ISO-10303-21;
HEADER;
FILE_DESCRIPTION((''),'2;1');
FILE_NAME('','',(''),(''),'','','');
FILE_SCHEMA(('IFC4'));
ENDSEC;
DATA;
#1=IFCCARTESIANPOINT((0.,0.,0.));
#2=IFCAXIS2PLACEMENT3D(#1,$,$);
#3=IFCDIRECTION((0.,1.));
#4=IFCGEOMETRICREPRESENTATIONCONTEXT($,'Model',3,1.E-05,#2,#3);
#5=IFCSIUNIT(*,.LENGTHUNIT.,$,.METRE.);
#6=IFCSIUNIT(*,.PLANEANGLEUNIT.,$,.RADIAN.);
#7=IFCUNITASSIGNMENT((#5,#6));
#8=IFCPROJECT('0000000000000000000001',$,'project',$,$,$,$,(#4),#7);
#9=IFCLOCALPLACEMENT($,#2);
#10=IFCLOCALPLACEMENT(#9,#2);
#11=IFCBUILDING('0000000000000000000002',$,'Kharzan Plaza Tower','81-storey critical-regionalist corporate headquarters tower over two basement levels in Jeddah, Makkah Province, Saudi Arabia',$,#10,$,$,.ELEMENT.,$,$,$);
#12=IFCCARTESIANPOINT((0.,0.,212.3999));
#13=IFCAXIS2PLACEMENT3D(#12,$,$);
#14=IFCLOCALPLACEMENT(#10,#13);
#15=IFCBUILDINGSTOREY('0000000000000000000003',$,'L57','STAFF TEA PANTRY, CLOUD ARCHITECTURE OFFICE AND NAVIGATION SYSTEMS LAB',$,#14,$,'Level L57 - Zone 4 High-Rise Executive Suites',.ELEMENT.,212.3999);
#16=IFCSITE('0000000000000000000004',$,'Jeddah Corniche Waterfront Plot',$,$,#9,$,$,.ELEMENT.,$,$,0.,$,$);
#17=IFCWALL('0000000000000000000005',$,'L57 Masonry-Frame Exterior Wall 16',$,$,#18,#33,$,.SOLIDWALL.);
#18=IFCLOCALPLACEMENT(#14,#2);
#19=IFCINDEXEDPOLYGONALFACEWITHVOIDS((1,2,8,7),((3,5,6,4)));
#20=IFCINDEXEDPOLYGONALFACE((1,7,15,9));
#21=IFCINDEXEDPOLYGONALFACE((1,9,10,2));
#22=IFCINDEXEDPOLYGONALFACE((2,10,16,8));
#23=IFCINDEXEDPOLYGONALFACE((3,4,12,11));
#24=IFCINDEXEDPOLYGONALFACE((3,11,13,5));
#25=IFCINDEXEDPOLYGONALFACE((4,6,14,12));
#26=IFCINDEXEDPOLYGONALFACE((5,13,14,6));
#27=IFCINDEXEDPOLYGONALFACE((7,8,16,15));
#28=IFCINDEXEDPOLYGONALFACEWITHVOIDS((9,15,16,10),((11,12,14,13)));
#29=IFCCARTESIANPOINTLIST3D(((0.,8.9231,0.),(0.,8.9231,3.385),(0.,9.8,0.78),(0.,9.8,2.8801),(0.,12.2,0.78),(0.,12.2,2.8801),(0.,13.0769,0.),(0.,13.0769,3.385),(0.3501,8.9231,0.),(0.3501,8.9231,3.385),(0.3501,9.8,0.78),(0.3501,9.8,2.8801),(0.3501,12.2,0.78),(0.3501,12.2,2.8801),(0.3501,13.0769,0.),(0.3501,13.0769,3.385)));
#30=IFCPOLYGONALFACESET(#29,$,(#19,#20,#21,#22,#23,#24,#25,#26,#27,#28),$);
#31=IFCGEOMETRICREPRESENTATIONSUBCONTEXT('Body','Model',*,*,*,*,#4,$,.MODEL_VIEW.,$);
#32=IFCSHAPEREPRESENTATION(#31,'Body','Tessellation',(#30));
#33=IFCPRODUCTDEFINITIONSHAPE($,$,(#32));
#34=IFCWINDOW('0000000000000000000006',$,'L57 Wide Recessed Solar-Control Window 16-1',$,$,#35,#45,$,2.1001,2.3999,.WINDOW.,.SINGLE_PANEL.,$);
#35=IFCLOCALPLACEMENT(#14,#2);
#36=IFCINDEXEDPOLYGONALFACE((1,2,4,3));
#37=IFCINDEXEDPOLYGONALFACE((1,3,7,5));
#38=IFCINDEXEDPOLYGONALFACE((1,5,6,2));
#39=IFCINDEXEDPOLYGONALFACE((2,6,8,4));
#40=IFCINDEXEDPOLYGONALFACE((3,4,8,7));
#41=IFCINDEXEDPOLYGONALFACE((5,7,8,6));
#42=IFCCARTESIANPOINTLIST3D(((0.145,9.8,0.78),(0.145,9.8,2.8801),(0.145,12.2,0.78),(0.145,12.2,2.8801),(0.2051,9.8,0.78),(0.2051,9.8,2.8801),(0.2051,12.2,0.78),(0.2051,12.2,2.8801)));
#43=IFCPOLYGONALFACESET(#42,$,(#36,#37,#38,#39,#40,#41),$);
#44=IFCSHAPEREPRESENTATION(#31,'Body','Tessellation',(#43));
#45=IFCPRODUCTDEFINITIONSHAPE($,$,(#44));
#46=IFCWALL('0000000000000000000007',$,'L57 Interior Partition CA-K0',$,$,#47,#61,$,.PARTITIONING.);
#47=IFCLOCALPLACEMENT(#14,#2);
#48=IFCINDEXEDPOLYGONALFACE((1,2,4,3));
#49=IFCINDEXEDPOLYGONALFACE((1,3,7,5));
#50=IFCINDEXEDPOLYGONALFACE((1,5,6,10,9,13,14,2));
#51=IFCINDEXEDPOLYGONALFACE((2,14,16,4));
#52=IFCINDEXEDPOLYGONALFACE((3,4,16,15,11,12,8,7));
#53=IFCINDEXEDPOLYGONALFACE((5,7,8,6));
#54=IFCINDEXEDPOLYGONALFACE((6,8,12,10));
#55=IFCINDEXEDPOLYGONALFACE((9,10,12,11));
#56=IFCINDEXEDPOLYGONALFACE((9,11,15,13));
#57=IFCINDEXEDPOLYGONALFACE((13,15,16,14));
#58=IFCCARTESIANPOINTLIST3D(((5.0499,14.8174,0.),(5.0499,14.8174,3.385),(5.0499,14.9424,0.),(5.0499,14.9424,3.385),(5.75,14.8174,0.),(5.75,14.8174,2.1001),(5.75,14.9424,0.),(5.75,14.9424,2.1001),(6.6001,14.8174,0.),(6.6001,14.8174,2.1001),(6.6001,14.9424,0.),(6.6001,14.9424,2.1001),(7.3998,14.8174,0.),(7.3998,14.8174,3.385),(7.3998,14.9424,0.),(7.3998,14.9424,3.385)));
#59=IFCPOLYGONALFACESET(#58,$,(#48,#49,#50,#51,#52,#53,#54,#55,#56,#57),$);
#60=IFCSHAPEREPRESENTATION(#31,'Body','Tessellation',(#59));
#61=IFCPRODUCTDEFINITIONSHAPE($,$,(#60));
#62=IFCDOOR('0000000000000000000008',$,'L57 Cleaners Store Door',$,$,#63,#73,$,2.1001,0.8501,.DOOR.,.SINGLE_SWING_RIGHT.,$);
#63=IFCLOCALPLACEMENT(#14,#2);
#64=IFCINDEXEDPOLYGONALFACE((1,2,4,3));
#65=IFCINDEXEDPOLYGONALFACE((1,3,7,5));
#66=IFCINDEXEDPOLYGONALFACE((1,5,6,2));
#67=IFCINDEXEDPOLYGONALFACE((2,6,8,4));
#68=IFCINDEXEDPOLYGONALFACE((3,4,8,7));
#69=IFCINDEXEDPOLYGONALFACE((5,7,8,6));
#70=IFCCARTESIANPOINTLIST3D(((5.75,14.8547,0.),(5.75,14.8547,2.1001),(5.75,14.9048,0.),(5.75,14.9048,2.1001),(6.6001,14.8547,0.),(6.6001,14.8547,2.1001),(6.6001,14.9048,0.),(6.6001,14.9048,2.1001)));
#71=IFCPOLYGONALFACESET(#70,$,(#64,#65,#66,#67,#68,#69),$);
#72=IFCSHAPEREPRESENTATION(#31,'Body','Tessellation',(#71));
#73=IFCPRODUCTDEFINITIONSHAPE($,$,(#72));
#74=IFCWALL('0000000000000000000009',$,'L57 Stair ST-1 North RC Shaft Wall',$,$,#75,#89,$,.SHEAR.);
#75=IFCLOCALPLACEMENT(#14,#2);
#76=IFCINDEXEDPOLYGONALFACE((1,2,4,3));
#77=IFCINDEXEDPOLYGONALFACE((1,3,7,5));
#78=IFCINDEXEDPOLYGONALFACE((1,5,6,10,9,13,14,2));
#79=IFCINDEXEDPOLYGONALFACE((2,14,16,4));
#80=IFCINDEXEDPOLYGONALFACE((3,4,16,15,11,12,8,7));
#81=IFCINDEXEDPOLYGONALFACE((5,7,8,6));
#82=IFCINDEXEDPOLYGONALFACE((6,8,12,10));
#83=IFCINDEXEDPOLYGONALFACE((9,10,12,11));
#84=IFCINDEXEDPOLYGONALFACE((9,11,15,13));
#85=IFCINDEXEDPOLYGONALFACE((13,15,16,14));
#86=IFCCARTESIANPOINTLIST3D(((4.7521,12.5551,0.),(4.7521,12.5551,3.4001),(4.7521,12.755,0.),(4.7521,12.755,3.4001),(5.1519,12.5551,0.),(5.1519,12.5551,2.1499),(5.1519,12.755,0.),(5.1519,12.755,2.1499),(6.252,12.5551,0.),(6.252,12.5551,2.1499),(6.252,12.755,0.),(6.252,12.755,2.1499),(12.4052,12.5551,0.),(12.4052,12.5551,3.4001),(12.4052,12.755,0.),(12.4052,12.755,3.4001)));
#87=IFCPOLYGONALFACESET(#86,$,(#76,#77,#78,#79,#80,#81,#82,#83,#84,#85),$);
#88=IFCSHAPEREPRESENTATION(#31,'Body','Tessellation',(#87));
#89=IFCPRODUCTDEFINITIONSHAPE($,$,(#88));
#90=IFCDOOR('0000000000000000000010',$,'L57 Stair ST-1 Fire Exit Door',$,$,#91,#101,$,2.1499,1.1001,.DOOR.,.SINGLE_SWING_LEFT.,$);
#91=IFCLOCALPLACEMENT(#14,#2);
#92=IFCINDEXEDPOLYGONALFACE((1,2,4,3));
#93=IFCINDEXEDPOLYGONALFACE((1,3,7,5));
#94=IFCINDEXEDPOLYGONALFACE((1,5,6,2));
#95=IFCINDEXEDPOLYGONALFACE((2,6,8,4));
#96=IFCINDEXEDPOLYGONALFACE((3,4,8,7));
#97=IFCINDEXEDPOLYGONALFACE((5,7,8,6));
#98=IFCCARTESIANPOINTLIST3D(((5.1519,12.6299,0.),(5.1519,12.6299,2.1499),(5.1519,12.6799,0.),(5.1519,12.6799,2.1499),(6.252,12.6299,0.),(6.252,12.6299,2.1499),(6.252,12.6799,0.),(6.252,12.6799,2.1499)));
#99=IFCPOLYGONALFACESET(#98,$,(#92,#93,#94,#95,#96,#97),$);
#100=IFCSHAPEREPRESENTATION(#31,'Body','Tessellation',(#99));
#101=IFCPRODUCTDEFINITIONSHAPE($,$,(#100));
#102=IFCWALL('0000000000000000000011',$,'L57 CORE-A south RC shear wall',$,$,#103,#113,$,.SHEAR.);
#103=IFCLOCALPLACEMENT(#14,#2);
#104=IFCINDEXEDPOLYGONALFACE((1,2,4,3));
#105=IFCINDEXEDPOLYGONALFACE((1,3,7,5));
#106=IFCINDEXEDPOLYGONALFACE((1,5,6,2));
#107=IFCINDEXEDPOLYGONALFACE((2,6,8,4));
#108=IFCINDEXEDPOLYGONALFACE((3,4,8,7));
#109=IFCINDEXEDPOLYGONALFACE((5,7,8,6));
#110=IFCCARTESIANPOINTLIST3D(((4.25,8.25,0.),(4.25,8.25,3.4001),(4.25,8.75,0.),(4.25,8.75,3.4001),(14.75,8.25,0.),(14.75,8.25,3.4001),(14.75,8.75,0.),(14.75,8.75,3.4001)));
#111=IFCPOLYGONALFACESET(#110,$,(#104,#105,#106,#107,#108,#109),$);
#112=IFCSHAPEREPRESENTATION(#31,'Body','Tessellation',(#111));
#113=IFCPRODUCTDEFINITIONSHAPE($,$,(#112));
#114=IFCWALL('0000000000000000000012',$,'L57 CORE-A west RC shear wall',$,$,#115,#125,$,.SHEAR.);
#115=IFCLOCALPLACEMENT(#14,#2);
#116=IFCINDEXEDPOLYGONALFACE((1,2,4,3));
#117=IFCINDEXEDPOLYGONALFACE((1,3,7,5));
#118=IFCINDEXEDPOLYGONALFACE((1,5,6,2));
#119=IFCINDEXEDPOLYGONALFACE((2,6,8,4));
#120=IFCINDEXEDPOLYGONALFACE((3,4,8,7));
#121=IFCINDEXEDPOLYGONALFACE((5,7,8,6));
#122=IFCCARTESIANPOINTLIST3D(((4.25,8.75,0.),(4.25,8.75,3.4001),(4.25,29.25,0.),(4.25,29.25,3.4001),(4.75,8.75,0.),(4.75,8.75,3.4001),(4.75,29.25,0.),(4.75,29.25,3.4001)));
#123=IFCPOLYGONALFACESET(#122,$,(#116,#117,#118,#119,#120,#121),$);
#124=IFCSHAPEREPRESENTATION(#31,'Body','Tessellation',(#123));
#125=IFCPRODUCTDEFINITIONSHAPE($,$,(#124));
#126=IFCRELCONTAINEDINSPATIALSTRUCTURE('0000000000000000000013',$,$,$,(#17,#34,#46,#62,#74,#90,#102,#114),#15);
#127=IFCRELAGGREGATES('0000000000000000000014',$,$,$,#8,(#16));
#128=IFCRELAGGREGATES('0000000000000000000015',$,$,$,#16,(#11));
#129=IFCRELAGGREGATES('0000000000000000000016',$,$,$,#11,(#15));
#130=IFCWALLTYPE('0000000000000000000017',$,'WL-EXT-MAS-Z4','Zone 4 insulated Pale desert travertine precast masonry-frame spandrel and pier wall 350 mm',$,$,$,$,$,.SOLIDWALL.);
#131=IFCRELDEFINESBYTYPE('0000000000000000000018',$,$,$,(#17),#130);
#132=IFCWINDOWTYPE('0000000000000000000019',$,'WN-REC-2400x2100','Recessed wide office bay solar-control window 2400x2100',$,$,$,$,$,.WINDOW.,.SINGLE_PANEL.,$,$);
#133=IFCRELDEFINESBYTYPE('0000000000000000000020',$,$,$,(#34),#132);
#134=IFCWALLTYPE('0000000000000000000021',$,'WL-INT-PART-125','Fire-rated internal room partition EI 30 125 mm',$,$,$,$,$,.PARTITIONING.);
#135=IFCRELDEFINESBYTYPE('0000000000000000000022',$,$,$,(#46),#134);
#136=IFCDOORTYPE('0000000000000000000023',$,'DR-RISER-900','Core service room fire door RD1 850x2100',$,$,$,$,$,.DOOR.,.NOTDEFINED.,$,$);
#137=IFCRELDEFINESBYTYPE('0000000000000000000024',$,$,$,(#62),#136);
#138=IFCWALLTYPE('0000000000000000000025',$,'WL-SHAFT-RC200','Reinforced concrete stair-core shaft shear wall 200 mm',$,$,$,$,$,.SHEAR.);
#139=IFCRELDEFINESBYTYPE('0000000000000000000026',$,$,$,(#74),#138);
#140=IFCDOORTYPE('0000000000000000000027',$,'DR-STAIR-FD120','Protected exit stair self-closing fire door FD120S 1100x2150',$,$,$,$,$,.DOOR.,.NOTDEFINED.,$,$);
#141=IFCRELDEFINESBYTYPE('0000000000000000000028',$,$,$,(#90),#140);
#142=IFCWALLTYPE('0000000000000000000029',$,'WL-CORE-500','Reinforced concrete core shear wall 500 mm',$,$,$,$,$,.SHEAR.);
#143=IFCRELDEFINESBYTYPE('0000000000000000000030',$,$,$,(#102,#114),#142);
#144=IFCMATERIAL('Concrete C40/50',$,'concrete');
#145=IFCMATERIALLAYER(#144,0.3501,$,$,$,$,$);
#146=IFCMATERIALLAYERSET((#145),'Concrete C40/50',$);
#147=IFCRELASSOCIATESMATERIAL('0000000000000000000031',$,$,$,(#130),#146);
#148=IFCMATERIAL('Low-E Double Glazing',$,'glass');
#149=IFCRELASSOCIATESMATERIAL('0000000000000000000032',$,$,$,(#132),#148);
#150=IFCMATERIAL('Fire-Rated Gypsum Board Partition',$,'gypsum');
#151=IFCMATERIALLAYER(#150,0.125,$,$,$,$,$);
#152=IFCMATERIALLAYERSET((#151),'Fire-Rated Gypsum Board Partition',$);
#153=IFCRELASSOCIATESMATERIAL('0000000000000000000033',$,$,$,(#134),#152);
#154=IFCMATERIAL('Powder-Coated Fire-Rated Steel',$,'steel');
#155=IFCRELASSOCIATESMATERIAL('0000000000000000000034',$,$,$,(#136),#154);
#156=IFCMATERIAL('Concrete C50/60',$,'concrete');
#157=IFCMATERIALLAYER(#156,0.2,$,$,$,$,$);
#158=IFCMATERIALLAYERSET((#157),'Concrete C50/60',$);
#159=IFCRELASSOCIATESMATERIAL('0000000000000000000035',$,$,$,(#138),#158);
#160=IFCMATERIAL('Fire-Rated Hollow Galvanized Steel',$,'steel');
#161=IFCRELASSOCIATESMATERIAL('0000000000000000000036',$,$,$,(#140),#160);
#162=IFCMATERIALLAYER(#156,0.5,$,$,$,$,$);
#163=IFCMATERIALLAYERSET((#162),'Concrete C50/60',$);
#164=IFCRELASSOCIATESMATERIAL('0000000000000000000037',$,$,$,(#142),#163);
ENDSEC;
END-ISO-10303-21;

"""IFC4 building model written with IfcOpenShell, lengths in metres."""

from ifc_helpers import new_model, si_unit, direction, frame, frame_2d, origin, place, context, subcontext, project, spatial, rectangle, extrude, source, transform, mapped, material, layer, layer_set, type_object, element, fill, save


model = new_model("IFC4")

# Units and contexts
model_context = context("Model", 3, precision=1e-05, world=origin(), true_north=direction((0.0, 1.0)))
body_context = subcontext(model_context, "Body", "Model", "MODEL_VIEW")
ifc_project = project(units=[si_unit("LENGTHUNIT", "METRE"), si_unit("PLANEANGLEUNIT", "RADIAN")], contexts=[model_context])

# Site, building, storey
site_placement = place(None, origin())
site = spatial("IfcSite", under=ifc_project, at=site_placement, Name="Jeddah Corniche Waterfront Plot", CompositionType="ELEMENT", RefElevation=0.0)
building_placement = place(site_placement, origin())
building = spatial("IfcBuilding", under=site, at=building_placement, Name="Kharzan Plaza Tower", Description="81-storey critical-regionalist corporate headquarters tower over two basement levels in Jeddah, Makkah Province, Saudi Arabia", CompositionType="ELEMENT")
storey_placement = place(building_placement, frame((0.0, 0.0, 212.3999)))
storey = spatial("IfcBuildingStorey", under=building, at=storey_placement, Name="L57", Description="STAFF TEA PANTRY, CLOUD ARCHITECTURE OFFICE AND NAVIGATION SYSTEMS LAB", LongName="Level L57 - Zone 4 High-Rise Executive Suites", CompositionType="ELEMENT", Elevation=212.3999)

# Shared definitions
ifc_material_1 = material(Name="Concrete C50/60", Category="concrete")

# Wall, opening, window
ifc_material_2 = material(Name="Concrete C40/50", Category="concrete")
ifc_layer_1 = layer(ifc_material_2, 0.3501)
ifc_layer_set_1 = layer_set([ifc_layer_1], Name="Concrete C40/50")
wall_type_1 = type_object("IfcWallType", Name="WL-EXT-MAS-Z4", Description="Zone 4 insulated Pale desert travertine precast masonry-frame spandrel and pier wall 350 mm", PredefinedType="SOLIDWALL", material=ifc_layer_set_1)
wall_1_placement = place(storey_placement, frame((0.175, 13.0769, 0.0), z_axis=(0.0, 0.0, 1.0), x_axis=(0.0, -1.0, 0.0)))
wall_1 = element("IfcWall", 1, at=wall_1_placement, inside=storey, type_object=wall_type_1, Name="L57 Masonry-Frame Exterior Wall 16", PredefinedType="SOLIDWALL", context=body_context, shape_type="SweptSolid", body=[
    extrude(rectangle(XDim=4.1538, YDim=0.3501, at=frame_2d((2.0769, 0.0))), origin(), (0.0, 0.0, 1.0), 3.385),
])
opening_1_placement = place(wall_1_placement, frame((0.877, 0.0, 0.78)))
opening_1 = element("IfcOpeningElement", 2, at=opening_1_placement, cuts=wall_1, PredefinedType="OPENING", context=body_context, shape_type="SweptSolid", body=[
    extrude(rectangle(XDim=2.3999, YDim=2.1001, at=frame_2d((1.2, 1.05))), frame((0.0, 0.1851, 0.0), z_axis=(0.0, -1.0, 0.0), x_axis=(1.0, 0.0, 0.0)), (0.0, 0.0, 1.0), 0.3701),
])
ifc_material_3 = material(Name="Low-E Double Glazing", Category="glass")
window_type = type_object("IfcWindowType", Name="WN-REC-2400x2100", Description="Recessed wide office bay solar-control window 2400x2100", PartitioningType="SINGLE_PANEL", PredefinedType="WINDOW", material=ifc_material_3)
shared_shape_1 = source(origin(), body_context, "Body", "SweptSolid", [
    extrude(rectangle(XDim=2.3999, YDim=2.1001, at=frame_2d((1.2, 1.05))), frame((0.0, 0.03, 0.0), z_axis=(0.0, -1.0, 0.0), x_axis=(1.0, 0.0, 0.0)), (0.0, 0.0, 1.0), 0.0601),
])
window_placement = place(opening_1_placement, origin())
window = element("IfcWindow", 3, at=window_placement, inside=storey, type_object=window_type, Name="L57 Wide Recessed Solar-Control Window 16-1", OverallHeight=2.1001, OverallWidth=2.3999, PartitioningType="SINGLE_PANEL", PredefinedType="WINDOW", context=body_context, shape_type="MappedRepresentation", body=[
    mapped(shared_shape_1, transform((0.0, 0.0, 0.0), x_axis=(1.0, 0.0, 0.0), y_axis=(0.0, 1.0, 0.0), z_axis=(0.0, 0.0, 1.0))),
])
fill(opening_1, window)

# Walls, openings, doors
ifc_material_4 = material(Name="Fire-Rated Gypsum Board Partition", Category="gypsum")
ifc_layer_2 = layer(ifc_material_4, 0.125)
ifc_layer_set_2 = layer_set([ifc_layer_2], Name="Fire-Rated Gypsum Board Partition")
wall_type_2 = type_object("IfcWallType", Name="WL-INT-PART-125", Description="Fire-rated internal room partition EI 30 125 mm", PredefinedType="PARTITIONING", material=ifc_layer_set_2)
wall_2_placement = place(storey_placement, frame((5.05, 14.8799, 0.0), z_axis=(0.0, 0.0, 1.0), x_axis=(1.0, 0.0, 0.0)))
wall_2 = element("IfcWall", 4, at=wall_2_placement, inside=storey, type_object=wall_type_2, Name="L57 Interior Partition CA-K0", PredefinedType="PARTITIONING", context=body_context, shape_type="SweptSolid", body=[
    extrude(rectangle(XDim=2.3499, YDim=0.125, at=frame_2d((1.1748, 0.0))), origin(), (0.0, 0.0, 1.0), 3.385),
])
opening_2_placement = place(wall_2_placement, frame((0.7, 0.0, 0.0)))
opening_2 = element("IfcOpeningElement", 5, at=opening_2_placement, cuts=wall_2, PredefinedType="OPENING", context=body_context, shape_type="SweptSolid", body=[
    extrude(rectangle(XDim=0.8501, YDim=2.1001, at=frame_2d((0.425, 1.05))), frame((0.0, 0.0725, 0.0), z_axis=(0.0, -1.0, 0.0), x_axis=(1.0, 0.0, 0.0)), (0.0, 0.0, 1.0), 0.145),
])
ifc_material_5 = material(Name="Powder-Coated Fire-Rated Steel", Category="steel")
door_type_1 = type_object("IfcDoorType", Name="DR-RISER-900", Description="Core service room fire door RD1 850x2100", OperationType="NOTDEFINED", PredefinedType="DOOR", material=ifc_material_5)
shared_shape_2 = source(origin(), body_context, "Body", "SweptSolid", [
    extrude(rectangle(XDim=0.8501, YDim=2.1001, at=frame_2d((0.425, 1.05))), frame((0.0, 0.0249, 0.0), z_axis=(0.0, -1.0, 0.0), x_axis=(1.0, 0.0, 0.0)), (0.0, 0.0, 1.0), 0.05),
])
door_1_placement = place(opening_2_placement, origin())
door_1 = element("IfcDoor", 6, at=door_1_placement, inside=storey, type_object=door_type_1, Name="L57 Cleaners Store Door", OperationType="SINGLE_SWING_RIGHT", OverallHeight=2.1001, OverallWidth=0.8501, PredefinedType="DOOR", context=body_context, shape_type="MappedRepresentation", body=[
    mapped(shared_shape_2, transform((0.0, 0.0, 0.0), x_axis=(1.0, 0.0, 0.0), y_axis=(0.0, 1.0, 0.0), z_axis=(0.0, 0.0, 1.0))),
])
fill(opening_2, door_1)
ifc_layer_3 = layer(ifc_material_1, 0.2)
ifc_layer_set_3 = layer_set([ifc_layer_3], Name="Concrete C50/60")
wall_type_3 = type_object("IfcWallType", Name="WL-SHAFT-RC200", Description="Reinforced concrete stair-core shaft shear wall 200 mm", PredefinedType="SHEAR", material=ifc_layer_set_3)
wall_3_placement = place(storey_placement, frame((4.752, 12.655, 0.0), z_axis=(0.0, 0.0, 1.0), x_axis=(1.0, 0.0, 0.0)))
wall_3 = element("IfcWall", 7, at=wall_3_placement, inside=storey, type_object=wall_type_3, Name="L57 Stair ST-1 North RC Shaft Wall", PredefinedType="SHEAR", context=body_context, shape_type="SweptSolid", body=[
    extrude(rectangle(XDim=7.6531, YDim=0.2, at=frame_2d((3.8267, 0.0))), origin(), (0.0, 0.0, 1.0), 3.4001),
])
opening_3_placement = place(wall_3_placement, frame((0.3999, 0.0, 0.0)))
opening_3 = element("IfcOpeningElement", 8, at=opening_3_placement, cuts=wall_3, PredefinedType="OPENING", context=body_context, shape_type="SweptSolid", body=[
    extrude(rectangle(XDim=1.1001, YDim=2.1499, at=frame_2d((0.55, 1.075))), frame((0.0, 0.1099, 0.0), z_axis=(0.0, -1.0, 0.0), x_axis=(1.0, 0.0, 0.0)), (0.0, 0.0, 1.0), 0.22),
])
ifc_material_6 = material(Name="Fire-Rated Hollow Galvanized Steel", Category="steel")
door_type_2 = type_object("IfcDoorType", Name="DR-STAIR-FD120", Description="Protected exit stair self-closing fire door FD120S 1100x2150", OperationType="NOTDEFINED", PredefinedType="DOOR", material=ifc_material_6)
shared_shape_3 = source(origin(), body_context, "Body", "SweptSolid", [
    extrude(rectangle(XDim=1.1001, YDim=2.1499, at=frame_2d((0.55, 1.075))), frame((0.0, 0.0249, 0.0), z_axis=(0.0, -1.0, 0.0), x_axis=(1.0, 0.0, 0.0)), (0.0, 0.0, 1.0), 0.05),
])
door_2_placement = place(opening_3_placement, origin())
door_2 = element("IfcDoor", 9, at=door_2_placement, inside=storey, type_object=door_type_2, Name="L57 Stair ST-1 Fire Exit Door", OperationType="SINGLE_SWING_LEFT", OverallHeight=2.1499, OverallWidth=1.1001, PredefinedType="DOOR", context=body_context, shape_type="MappedRepresentation", body=[
    mapped(shared_shape_3, transform((0.0, 0.0, 0.0), x_axis=(1.0, 0.0, 0.0), y_axis=(0.0, 1.0, 0.0), z_axis=(0.0, 0.0, 1.0))),
])
fill(opening_3, door_2)

# Walls
ifc_layer_4 = layer(ifc_material_1, 0.5)
ifc_layer_set_4 = layer_set([ifc_layer_4], Name="Concrete C50/60")
wall_type_4 = type_object("IfcWallType", Name="WL-CORE-500", Description="Reinforced concrete core shear wall 500 mm", PredefinedType="SHEAR", material=ifc_layer_set_4)
shared_shape_4 = source(origin(), body_context, "Body", "SweptSolid", [
    extrude(rectangle(XDim=10.5, YDim=0.5, at=frame_2d((5.25, 0.0))), origin(), (0.0, 0.0, 1.0), 3.4001),
])
wall_4_placement = place(storey_placement, frame((4.25, 8.5, 0.0), z_axis=(0.0, 0.0, 1.0), x_axis=(1.0, 0.0, 0.0)))
element("IfcWall", 10, at=wall_4_placement, inside=storey, type_object=wall_type_4, Name="L57 CORE-A south RC shear wall", PredefinedType="SHEAR", context=body_context, shape_type="MappedRepresentation", body=[
    mapped(shared_shape_4, transform((0.0, 0.0, 0.0), x_axis=(1.0, 0.0, 0.0), y_axis=(0.0, 1.0, 0.0), z_axis=(0.0, 0.0, 1.0))),
])
shared_shape_5 = source(origin(), body_context, "Body", "SweptSolid", [
    extrude(rectangle(XDim=20.5, YDim=0.5, at=frame_2d((10.25, 0.0))), origin(), (0.0, 0.0, 1.0), 3.4001),
])
wall_5_placement = place(storey_placement, frame((4.5, 8.75, 0.0), z_axis=(0.0, 0.0, 1.0), x_axis=(0.0, 1.0, 0.0)))
element("IfcWall", 11, at=wall_5_placement, inside=storey, type_object=wall_type_4, Name="L57 CORE-A west RC shear wall", PredefinedType="SHEAR", context=body_context, shape_type="MappedRepresentation", body=[
    mapped(shared_shape_5, transform((0.0, 0.0, 0.0), x_axis=(1.0, 0.0, 0.0), y_axis=(0.0, 1.0, 0.0), z_axis=(0.0, 0.0, 1.0))),
])

save(model, "model.ifc")
